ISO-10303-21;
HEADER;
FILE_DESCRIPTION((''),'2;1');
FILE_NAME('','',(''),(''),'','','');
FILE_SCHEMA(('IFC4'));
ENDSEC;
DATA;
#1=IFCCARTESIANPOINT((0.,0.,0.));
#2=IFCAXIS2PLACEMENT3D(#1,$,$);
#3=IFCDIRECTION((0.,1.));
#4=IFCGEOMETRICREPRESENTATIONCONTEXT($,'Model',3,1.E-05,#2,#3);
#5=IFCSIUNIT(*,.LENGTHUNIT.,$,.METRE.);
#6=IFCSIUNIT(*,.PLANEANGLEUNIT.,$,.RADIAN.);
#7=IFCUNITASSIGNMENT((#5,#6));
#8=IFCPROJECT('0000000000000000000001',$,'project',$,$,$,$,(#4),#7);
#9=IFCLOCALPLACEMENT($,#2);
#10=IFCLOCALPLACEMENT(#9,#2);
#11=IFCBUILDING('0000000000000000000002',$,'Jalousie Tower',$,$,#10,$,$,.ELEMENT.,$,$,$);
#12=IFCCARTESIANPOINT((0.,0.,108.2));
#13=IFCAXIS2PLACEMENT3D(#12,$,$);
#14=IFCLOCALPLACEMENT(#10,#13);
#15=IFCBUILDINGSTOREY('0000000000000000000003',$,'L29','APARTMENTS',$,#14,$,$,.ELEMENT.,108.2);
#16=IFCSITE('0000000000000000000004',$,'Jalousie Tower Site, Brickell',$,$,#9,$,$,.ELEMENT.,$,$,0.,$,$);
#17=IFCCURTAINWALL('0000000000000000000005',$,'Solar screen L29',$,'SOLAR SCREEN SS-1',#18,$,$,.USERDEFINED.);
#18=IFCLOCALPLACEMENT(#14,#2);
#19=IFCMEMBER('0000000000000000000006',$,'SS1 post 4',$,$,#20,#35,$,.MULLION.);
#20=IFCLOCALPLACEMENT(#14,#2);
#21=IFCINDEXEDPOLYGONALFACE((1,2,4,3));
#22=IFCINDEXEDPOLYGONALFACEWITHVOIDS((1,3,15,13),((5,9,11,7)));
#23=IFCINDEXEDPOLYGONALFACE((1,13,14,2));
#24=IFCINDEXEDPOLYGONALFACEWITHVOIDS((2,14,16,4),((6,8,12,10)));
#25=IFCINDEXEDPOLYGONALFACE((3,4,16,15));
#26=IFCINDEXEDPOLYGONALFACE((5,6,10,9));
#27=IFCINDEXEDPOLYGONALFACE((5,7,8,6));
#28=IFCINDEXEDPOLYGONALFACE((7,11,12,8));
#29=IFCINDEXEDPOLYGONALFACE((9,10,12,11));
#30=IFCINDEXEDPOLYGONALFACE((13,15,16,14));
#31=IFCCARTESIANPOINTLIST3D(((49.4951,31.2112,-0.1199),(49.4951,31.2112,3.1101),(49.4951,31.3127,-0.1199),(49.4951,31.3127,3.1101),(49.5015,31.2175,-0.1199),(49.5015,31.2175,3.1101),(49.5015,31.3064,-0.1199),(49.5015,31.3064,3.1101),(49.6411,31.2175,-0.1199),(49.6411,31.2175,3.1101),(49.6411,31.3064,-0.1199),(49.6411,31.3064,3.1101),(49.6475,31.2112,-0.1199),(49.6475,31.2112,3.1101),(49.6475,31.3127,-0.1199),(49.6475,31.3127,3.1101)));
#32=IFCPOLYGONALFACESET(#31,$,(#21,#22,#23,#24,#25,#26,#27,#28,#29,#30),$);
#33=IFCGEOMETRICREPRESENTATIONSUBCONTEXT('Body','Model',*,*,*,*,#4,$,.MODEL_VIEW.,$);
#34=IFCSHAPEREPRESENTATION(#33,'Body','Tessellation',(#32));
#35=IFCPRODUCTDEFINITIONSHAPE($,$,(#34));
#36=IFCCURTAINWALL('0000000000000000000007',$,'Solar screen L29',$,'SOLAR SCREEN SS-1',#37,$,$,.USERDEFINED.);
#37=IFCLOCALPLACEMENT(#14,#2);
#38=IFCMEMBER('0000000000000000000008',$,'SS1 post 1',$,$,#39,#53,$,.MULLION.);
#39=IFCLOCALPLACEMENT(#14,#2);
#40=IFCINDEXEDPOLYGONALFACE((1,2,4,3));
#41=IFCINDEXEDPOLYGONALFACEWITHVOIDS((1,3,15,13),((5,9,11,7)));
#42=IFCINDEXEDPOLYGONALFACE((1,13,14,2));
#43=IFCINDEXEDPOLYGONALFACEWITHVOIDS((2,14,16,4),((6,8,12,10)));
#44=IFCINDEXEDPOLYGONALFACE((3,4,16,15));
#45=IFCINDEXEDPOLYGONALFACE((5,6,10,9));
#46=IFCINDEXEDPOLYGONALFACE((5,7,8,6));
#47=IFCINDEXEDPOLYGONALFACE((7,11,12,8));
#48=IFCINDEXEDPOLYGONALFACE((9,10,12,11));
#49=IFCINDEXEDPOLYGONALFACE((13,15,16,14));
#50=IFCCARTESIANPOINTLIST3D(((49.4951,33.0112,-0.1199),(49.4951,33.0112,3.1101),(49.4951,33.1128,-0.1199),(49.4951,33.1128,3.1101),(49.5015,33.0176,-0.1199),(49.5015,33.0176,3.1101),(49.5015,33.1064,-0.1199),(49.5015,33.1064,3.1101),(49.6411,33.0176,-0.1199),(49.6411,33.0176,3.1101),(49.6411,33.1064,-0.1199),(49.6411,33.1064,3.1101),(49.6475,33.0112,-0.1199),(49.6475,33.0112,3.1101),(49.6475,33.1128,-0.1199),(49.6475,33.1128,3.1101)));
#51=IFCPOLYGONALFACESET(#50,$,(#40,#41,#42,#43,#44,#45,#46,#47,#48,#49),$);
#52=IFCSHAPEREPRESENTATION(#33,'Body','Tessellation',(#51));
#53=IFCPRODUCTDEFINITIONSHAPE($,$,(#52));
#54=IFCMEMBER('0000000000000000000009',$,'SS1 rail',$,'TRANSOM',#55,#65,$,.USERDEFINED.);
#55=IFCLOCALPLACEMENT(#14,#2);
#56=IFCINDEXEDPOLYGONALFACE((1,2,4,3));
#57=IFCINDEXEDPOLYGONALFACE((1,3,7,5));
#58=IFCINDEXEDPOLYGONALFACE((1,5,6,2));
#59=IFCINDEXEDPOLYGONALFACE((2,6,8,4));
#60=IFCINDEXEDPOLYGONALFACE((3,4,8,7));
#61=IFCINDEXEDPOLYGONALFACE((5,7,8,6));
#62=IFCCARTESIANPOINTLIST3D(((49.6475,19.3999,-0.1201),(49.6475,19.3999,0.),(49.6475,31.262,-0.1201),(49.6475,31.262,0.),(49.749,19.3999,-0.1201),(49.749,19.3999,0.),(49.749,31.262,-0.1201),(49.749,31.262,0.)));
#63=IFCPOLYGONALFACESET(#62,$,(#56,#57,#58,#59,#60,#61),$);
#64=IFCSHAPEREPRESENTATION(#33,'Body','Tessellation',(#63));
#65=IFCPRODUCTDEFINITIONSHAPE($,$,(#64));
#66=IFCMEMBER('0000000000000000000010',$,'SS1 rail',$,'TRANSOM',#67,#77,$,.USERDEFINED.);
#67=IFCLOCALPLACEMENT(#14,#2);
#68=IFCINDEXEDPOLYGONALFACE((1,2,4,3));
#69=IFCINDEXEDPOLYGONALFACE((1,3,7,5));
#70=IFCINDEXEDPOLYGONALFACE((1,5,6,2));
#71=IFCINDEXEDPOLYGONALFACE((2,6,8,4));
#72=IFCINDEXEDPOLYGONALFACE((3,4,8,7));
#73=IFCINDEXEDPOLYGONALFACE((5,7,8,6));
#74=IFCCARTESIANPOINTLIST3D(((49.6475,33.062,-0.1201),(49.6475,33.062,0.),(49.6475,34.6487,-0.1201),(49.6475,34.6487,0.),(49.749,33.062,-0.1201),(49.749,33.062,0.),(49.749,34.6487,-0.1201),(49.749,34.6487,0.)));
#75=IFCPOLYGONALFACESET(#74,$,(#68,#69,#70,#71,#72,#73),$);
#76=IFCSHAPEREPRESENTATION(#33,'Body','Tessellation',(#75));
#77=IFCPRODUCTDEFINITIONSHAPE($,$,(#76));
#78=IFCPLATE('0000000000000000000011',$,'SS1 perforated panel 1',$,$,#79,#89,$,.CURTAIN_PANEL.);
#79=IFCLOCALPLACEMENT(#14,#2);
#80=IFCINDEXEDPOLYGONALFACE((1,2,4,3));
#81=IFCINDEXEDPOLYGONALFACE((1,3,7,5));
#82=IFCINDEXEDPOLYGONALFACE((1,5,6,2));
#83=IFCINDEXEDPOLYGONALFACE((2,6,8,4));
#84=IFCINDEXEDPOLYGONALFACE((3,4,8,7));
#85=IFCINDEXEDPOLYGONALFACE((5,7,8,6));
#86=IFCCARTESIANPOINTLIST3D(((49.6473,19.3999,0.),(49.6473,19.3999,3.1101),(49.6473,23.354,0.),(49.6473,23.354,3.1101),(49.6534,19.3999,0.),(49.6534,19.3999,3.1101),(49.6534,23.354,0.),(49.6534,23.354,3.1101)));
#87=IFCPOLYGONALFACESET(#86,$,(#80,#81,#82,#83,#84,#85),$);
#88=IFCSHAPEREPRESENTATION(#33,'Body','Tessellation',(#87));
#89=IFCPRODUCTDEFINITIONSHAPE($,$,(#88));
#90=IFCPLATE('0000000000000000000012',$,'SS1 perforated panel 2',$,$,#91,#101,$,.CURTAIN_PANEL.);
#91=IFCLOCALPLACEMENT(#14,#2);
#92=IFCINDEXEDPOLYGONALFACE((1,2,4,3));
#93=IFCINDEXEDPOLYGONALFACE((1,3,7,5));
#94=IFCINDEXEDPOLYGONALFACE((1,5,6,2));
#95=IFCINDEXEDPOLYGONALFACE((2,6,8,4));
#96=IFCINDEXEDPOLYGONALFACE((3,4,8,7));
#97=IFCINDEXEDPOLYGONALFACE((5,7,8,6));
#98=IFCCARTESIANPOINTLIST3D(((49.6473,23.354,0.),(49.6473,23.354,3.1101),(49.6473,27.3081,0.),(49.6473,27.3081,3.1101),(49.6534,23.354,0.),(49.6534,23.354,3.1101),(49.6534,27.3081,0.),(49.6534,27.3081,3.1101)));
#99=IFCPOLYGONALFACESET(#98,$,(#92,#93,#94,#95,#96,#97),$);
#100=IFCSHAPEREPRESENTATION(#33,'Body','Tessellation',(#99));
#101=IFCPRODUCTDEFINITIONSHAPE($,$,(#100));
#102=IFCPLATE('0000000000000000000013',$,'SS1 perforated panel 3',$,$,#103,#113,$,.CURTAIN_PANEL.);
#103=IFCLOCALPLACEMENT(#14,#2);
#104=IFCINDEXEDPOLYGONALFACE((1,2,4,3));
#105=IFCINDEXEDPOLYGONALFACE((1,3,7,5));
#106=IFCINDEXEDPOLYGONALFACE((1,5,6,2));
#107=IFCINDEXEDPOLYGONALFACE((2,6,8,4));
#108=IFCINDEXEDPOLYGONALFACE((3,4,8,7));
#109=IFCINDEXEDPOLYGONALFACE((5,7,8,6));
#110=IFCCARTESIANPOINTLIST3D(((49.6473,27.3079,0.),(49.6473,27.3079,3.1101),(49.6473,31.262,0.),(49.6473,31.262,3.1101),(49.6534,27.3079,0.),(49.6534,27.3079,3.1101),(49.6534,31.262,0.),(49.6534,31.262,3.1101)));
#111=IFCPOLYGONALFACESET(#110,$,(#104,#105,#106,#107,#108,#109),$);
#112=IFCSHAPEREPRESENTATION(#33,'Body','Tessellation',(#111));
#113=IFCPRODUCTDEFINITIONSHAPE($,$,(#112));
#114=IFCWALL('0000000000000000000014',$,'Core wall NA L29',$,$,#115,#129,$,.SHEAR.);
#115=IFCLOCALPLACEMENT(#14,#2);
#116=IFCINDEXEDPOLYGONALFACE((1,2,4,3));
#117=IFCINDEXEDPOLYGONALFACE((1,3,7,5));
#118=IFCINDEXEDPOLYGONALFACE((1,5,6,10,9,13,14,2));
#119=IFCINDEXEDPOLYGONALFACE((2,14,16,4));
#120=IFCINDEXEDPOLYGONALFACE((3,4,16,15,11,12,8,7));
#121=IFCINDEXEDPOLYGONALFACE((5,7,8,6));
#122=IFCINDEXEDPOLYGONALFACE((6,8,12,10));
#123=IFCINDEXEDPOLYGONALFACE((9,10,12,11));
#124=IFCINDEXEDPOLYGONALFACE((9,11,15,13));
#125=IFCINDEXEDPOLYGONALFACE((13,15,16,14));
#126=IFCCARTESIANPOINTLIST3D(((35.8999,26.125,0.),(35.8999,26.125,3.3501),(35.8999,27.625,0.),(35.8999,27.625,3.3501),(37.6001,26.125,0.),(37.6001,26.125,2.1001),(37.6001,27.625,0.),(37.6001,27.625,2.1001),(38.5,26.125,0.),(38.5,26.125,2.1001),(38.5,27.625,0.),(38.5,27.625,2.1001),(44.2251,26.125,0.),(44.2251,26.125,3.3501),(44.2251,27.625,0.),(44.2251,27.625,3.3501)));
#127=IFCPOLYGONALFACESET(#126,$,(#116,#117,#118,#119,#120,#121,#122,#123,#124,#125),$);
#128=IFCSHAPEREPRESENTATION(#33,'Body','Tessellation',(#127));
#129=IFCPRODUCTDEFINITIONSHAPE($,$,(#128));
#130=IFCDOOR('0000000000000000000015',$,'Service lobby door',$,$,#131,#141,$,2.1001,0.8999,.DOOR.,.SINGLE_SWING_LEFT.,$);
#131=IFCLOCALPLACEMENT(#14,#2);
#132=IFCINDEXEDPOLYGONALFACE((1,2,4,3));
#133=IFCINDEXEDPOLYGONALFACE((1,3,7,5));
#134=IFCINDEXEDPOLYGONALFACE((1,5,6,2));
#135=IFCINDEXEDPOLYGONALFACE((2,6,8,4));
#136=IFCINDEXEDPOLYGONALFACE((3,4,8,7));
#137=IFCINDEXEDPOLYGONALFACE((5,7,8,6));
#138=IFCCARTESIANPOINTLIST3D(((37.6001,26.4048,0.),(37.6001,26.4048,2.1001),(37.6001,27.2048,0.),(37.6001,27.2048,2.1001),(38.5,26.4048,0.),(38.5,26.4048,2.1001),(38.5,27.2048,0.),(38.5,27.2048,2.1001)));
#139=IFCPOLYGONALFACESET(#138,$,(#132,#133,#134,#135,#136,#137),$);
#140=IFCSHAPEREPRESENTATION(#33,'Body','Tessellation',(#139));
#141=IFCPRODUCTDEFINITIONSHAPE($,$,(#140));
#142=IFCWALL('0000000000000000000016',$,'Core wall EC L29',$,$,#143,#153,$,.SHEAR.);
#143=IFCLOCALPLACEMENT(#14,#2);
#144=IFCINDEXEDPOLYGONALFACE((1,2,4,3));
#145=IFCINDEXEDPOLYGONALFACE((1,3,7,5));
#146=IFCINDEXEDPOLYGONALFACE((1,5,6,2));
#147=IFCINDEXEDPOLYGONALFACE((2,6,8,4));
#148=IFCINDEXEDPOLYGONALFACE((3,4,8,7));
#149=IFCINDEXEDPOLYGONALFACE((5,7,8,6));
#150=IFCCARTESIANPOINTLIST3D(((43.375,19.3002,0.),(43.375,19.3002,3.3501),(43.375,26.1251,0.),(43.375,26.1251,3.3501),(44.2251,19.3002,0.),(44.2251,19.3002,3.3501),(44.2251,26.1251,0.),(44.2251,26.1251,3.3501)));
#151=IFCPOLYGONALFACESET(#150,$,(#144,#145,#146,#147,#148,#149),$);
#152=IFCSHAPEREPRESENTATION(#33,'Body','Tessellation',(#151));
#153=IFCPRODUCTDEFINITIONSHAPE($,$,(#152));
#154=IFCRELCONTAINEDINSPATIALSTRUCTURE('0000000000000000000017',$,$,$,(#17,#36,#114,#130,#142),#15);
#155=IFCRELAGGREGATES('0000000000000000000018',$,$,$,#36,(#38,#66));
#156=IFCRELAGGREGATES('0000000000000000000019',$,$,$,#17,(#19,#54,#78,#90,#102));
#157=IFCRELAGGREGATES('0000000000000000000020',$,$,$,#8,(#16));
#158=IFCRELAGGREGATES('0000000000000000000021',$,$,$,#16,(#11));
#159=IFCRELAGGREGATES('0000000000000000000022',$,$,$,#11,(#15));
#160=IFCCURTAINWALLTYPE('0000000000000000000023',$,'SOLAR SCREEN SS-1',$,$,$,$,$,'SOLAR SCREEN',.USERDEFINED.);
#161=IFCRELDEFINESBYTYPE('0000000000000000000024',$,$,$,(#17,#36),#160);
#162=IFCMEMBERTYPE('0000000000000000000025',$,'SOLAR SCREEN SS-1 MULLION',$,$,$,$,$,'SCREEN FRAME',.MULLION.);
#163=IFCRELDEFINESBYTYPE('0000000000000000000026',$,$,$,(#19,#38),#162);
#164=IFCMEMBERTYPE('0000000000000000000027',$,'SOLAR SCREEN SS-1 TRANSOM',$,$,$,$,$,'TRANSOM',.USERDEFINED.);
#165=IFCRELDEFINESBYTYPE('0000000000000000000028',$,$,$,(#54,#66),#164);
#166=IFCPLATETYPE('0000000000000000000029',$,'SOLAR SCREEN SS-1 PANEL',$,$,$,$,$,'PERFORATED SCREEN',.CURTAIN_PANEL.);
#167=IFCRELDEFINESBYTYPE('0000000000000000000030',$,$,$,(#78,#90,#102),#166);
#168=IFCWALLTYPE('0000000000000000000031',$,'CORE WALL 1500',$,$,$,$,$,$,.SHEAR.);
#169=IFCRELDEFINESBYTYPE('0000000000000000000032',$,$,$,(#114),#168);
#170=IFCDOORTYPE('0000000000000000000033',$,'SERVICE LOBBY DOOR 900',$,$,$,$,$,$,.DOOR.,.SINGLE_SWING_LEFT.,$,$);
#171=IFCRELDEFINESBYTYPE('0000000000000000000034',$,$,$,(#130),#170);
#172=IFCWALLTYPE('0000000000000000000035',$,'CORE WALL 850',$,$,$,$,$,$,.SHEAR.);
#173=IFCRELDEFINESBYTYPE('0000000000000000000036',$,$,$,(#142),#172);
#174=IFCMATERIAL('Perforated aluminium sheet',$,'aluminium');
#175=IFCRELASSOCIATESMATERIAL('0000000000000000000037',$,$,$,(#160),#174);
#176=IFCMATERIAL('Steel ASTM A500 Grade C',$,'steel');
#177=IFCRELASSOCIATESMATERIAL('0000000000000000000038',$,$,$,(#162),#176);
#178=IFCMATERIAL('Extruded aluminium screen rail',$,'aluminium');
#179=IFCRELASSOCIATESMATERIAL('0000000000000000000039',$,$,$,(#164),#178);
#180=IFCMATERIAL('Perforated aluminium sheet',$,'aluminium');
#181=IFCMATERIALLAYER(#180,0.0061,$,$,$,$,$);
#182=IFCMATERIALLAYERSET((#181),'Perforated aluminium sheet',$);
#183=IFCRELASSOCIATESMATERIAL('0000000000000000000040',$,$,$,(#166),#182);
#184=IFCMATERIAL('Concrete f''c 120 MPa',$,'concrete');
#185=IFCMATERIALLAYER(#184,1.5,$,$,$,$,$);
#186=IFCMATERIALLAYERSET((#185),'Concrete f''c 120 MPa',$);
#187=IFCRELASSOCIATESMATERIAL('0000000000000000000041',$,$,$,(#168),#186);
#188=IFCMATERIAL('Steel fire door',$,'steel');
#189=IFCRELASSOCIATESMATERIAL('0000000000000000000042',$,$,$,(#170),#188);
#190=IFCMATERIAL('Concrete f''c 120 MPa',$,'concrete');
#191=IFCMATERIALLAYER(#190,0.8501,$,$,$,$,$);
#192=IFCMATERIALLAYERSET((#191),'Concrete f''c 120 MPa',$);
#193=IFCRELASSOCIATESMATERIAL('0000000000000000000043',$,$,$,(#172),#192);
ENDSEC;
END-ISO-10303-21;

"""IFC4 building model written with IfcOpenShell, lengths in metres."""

from ifc_helpers import new_model, si_unit, direction, frame, frame_2d, origin, origin_2d, place, context, subcontext, project, spatial, rectangle, hollow_rectangle, extrude, material, layer, layer_set, material_profile, profile_set, type_object, element, fill, aggregate, save


model = new_model("IFC4")

# Units and contexts
model_context = context("Model", 3, precision=1e-05, world=origin(), true_north=direction((0.0, 1.0)))
body_context = subcontext(model_context, "Body", "Model", "MODEL_VIEW")
ifc_project = project(units=[si_unit("LENGTHUNIT", "METRE"), si_unit("PLANEANGLEUNIT", "RADIAN")], contexts=[model_context])

# Site, building, storey
site_placement = place(None, origin())
site = spatial("IfcSite", under=ifc_project, at=site_placement, Name="Jalousie Tower Site, Brickell", CompositionType="ELEMENT", RefElevation=0.0)
building_placement = place(site_placement, origin())
building = spatial("IfcBuilding", under=site, at=building_placement, Name="Jalousie Tower", CompositionType="ELEMENT")
storey_placement = place(building_placement, frame((0.0, 0.0, 108.2)))
storey = spatial("IfcBuildingStorey", under=building, at=storey_placement, Name="L29", Description="APARTMENTS", CompositionType="ELEMENT", Elevation=108.2)

# Shared definitions
ifc_material_1 = material(Name="Perforated aluminium sheet", Category="aluminium")
curtain_wall_type = type_object("IfcCurtainWallType", Name="SOLAR SCREEN SS-1", ElementType="SOLAR SCREEN", PredefinedType="USERDEFINED", material=ifc_material_1)
ifc_material_2 = material(Name="Steel ASTM A500 Grade C", Category="steel")
ifc_material_profile_1 = material_profile(ifc_material_2, hollow_rectangle(XDim=0.1016, YDim=0.1523, WallThickness=0.0063, at=origin_2d()), Name="HSS6X4X1/4")
ifc_profile_set_1 = profile_set([ifc_material_profile_1], Name="Steel ASTM A500 Grade C")
member_type_1 = type_object("IfcMemberType", Name="SOLAR SCREEN SS-1 MULLION", ElementType="SCREEN FRAME", PredefinedType="MULLION", material=ifc_profile_set_1)

# Curtain wall, member
curtain_wall_1_placement = place(storey_placement, origin())
curtain_wall_1 = element("IfcCurtainWall", 1, at=curtain_wall_1_placement, inside=storey, type_object=curtain_wall_type, Name="Solar screen L29", ObjectType="SOLAR SCREEN SS-1", PredefinedType="USERDEFINED")
member_1_placement = place(storey_placement, frame((49.5713, 31.262, -0.1199), z_axis=(0.0, 0.0, 1.0), x_axis=(0.0, 1.0, 0.0)))
member_1 = element("IfcMember", 2, at=member_1_placement, type_object=member_type_1, Name="SS1 post 4", PredefinedType="MULLION", context=body_context, shape_type="SweptSolid", body=[
    extrude(hollow_rectangle(XDim=0.1016, YDim=0.1523, WallThickness=0.0063, at=origin_2d()), origin(), (0.0, 0.0, 1.0), 3.23),
])

# Curtain wall, member
curtain_wall_2_placement = place(storey_placement, origin())
curtain_wall_2 = element("IfcCurtainWall", 3, at=curtain_wall_2_placement, inside=storey, type_object=curtain_wall_type, Name="Solar screen L29", ObjectType="SOLAR SCREEN SS-1", PredefinedType="USERDEFINED")
member_2_placement = place(storey_placement, frame((49.5713, 33.062, -0.1199), z_axis=(0.0, 0.0, 1.0), x_axis=(0.0, 1.0, 0.0)))
member_2 = element("IfcMember", 4, at=member_2_placement, type_object=member_type_1, Name="SS1 post 1", PredefinedType="MULLION", context=body_context, shape_type="SweptSolid", body=[
    extrude(hollow_rectangle(XDim=0.1016, YDim=0.1523, WallThickness=0.0063, at=origin_2d()), origin(), (0.0, 0.0, 1.0), 3.23),
])

# Members
ifc_material_3 = material(Name="Extruded aluminium screen rail", Category="aluminium")
ifc_material_profile_2 = material_profile(ifc_material_3, rectangle(XDim=0.1016, YDim=0.1201, at=origin_2d()), Name="RAIL 102x120")
ifc_profile_set_2 = profile_set([ifc_material_profile_2], Name="Extruded aluminium screen rail")
member_type_2 = type_object("IfcMemberType", Name="SOLAR SCREEN SS-1 TRANSOM", ElementType="TRANSOM", PredefinedType="USERDEFINED", material=ifc_profile_set_2)
member_3_placement = place(storey_placement, frame((49.6982, 19.3999, -0.0601), z_axis=(0.0, 1.0, 0.0), x_axis=(-1.0, 0.0, 0.0)))
member_3 = element("IfcMember", 5, at=member_3_placement, type_object=member_type_2, Name="SS1 rail", ObjectType="TRANSOM", PredefinedType="USERDEFINED", context=body_context, shape_type="SweptSolid", body=[
    extrude(rectangle(XDim=0.1016, YDim=0.1201, at=origin_2d()), origin(), (0.0, 0.0, 1.0), 11.8621),
])
member_4_placement = place(storey_placement, frame((49.6982, 33.062, -0.0601), z_axis=(0.0, 1.0, 0.0), x_axis=(-1.0, 0.0, 0.0)))
member_4 = element("IfcMember", 6, at=member_4_placement, type_object=member_type_2, Name="SS1 rail", ObjectType="TRANSOM", PredefinedType="USERDEFINED", context=body_context, shape_type="SweptSolid", body=[
    extrude(rectangle(XDim=0.1016, YDim=0.1201, at=origin_2d()), origin(), (0.0, 0.0, 1.0), 1.5867),
])
aggregate(curtain_wall_2, [member_2, member_4])

# Plates
ifc_material_4 = material(Name="Perforated aluminium sheet", Category="aluminium")
ifc_layer_1 = layer(ifc_material_4, 0.0061)
ifc_layer_set_1 = layer_set([ifc_layer_1], Name="Perforated aluminium sheet")
plate_type = type_object("IfcPlateType", Name="SOLAR SCREEN SS-1 PANEL", ElementType="PERFORATED SCREEN", PredefinedType="CURTAIN_PANEL", material=ifc_layer_set_1)
plate_1_placement = place(storey_placement, frame((49.6504, 21.377, 0.0), z_axis=(0.0, 0.0, 1.0), x_axis=(0.0, 1.0, 0.0)))
plate_1 = element("IfcPlate", 7, at=plate_1_placement, type_object=plate_type, Name="SS1 perforated panel 1", PredefinedType="CURTAIN_PANEL", context=body_context, shape_type="SweptSolid", body=[
    extrude(rectangle(XDim=3.9541, YDim=0.0061, at=origin_2d()), origin(), (0.0, 0.0, 1.0), 3.1101),
])
plate_2_placement = place(storey_placement, frame((49.6504, 25.3311, 0.0), z_axis=(0.0, 0.0, 1.0), x_axis=(0.0, 1.0, 0.0)))
plate_2 = element("IfcPlate", 8, at=plate_2_placement, type_object=plate_type, Name="SS1 perforated panel 2", PredefinedType="CURTAIN_PANEL", context=body_context, shape_type="SweptSolid", body=[
    extrude(rectangle(XDim=3.9541, YDim=0.0061, at=origin_2d()), origin(), (0.0, 0.0, 1.0), 3.1101),
])
plate_3_placement = place(storey_placement, frame((49.6504, 29.2849, 0.0), z_axis=(0.0, 0.0, 1.0), x_axis=(0.0, 1.0, 0.0)))
plate_3 = element("IfcPlate", 9, at=plate_3_placement, type_object=plate_type, Name="SS1 perforated panel 3", PredefinedType="CURTAIN_PANEL", context=body_context, shape_type="SweptSolid", body=[
    extrude(rectangle(XDim=3.9541, YDim=0.0061, at=origin_2d()), origin(), (0.0, 0.0, 1.0), 3.1101),
])
aggregate(curtain_wall_1, [member_1, member_3, plate_1, plate_2, plate_3])

# Wall, opening, door
ifc_material_5 = material(Name="Concrete f'c 120 MPa", Category="concrete")
ifc_layer_2 = layer(ifc_material_5, 1.5)
ifc_layer_set_2 = layer_set([ifc_layer_2], Name="Concrete f'c 120 MPa")
wall_type_1 = type_object("IfcWallType", Name="CORE WALL 1500", PredefinedType="SHEAR", material=ifc_layer_set_2)
wall_1_placement = place(storey_placement, frame((44.2251, 26.875, 0.0), z_axis=(0.0, 0.0, 1.0), x_axis=(-1.0, 0.0, 0.0)))
wall_1 = element("IfcWall", 10, at=wall_1_placement, inside=storey, type_object=wall_type_1, Name="Core wall NA L29", PredefinedType="SHEAR", context=body_context, shape_type="SweptSolid", body=[
    extrude(rectangle(XDim=8.3252, YDim=1.5, at=frame_2d((4.1626, 0.0))), origin(), (0.0, 0.0, 1.0), 3.3501),
])
opening_1_placement = place(wall_1_placement, frame((5.7251, 0.0, 0.0)))
opening_1 = element("IfcOpeningElement", 11, at=opening_1_placement, cuts=wall_1, PredefinedType="OPENING", context=body_context, shape_type="SweptSolid", body=[
    extrude(rectangle(XDim=0.8999, YDim=2.1001, at=frame_2d((0.45, 1.05))), frame((0.0, 0.76, 0.0), z_axis=(0.0, -1.0, 0.0), x_axis=(1.0, 0.0, 0.0)), (0.0, 0.0, 1.0), 1.52),
])
ifc_material_6 = material(Name="Steel fire door", Category="steel")
door_type_1 = type_object("IfcDoorType", Name="SERVICE LOBBY DOOR 900", OperationType="SINGLE_SWING_LEFT", PredefinedType="DOOR", material=ifc_material_6)
door_1_placement = place(opening_1_placement, origin())
door_1 = element("IfcDoor", 12, at=door_1_placement, inside=storey, type_object=door_type_1, Name="Service lobby door", OperationType="SINGLE_SWING_LEFT", OverallHeight=2.1001, OverallWidth=0.8999, PredefinedType="DOOR", context=body_context, shape_type="SweptSolid", body=[
    extrude(rectangle(XDim=0.8999, YDim=2.1001, at=frame_2d((0.45, 1.05))), frame((0.0, 0.4702, 0.0), z_axis=(0.0, -1.0, 0.0), x_axis=(1.0, 0.0, 0.0)), (0.0, 0.0, 1.0), 0.8),
])
fill(opening_1, door_1)

# Wall
ifc_material_7 = material(Name="Concrete f'c 120 MPa", Category="concrete")
ifc_layer_3 = layer(ifc_material_7, 0.8501)
ifc_layer_set_3 = layer_set([ifc_layer_3], Name="Concrete f'c 120 MPa")
wall_type_2 = type_object("IfcWallType", Name="CORE WALL 850", PredefinedType="SHEAR", material=ifc_layer_set_3)
wall_2_placement = place(storey_placement, frame((43.8, 19.3, 0.0), z_axis=(0.0, 0.0, 1.0), x_axis=(0.0, 1.0, 0.0)))
element("IfcWall", 13, at=wall_2_placement, inside=storey, type_object=wall_type_2, Name="Core wall EC L29", PredefinedType="SHEAR", context=body_context, shape_type="SweptSolid", body=[
    extrude(rectangle(XDim=6.825, YDim=0.8501, at=frame_2d((3.4126, 0.0))), origin(), (0.0, 0.0, 1.0), 3.3501),
])

save(model, "model.ifc")
